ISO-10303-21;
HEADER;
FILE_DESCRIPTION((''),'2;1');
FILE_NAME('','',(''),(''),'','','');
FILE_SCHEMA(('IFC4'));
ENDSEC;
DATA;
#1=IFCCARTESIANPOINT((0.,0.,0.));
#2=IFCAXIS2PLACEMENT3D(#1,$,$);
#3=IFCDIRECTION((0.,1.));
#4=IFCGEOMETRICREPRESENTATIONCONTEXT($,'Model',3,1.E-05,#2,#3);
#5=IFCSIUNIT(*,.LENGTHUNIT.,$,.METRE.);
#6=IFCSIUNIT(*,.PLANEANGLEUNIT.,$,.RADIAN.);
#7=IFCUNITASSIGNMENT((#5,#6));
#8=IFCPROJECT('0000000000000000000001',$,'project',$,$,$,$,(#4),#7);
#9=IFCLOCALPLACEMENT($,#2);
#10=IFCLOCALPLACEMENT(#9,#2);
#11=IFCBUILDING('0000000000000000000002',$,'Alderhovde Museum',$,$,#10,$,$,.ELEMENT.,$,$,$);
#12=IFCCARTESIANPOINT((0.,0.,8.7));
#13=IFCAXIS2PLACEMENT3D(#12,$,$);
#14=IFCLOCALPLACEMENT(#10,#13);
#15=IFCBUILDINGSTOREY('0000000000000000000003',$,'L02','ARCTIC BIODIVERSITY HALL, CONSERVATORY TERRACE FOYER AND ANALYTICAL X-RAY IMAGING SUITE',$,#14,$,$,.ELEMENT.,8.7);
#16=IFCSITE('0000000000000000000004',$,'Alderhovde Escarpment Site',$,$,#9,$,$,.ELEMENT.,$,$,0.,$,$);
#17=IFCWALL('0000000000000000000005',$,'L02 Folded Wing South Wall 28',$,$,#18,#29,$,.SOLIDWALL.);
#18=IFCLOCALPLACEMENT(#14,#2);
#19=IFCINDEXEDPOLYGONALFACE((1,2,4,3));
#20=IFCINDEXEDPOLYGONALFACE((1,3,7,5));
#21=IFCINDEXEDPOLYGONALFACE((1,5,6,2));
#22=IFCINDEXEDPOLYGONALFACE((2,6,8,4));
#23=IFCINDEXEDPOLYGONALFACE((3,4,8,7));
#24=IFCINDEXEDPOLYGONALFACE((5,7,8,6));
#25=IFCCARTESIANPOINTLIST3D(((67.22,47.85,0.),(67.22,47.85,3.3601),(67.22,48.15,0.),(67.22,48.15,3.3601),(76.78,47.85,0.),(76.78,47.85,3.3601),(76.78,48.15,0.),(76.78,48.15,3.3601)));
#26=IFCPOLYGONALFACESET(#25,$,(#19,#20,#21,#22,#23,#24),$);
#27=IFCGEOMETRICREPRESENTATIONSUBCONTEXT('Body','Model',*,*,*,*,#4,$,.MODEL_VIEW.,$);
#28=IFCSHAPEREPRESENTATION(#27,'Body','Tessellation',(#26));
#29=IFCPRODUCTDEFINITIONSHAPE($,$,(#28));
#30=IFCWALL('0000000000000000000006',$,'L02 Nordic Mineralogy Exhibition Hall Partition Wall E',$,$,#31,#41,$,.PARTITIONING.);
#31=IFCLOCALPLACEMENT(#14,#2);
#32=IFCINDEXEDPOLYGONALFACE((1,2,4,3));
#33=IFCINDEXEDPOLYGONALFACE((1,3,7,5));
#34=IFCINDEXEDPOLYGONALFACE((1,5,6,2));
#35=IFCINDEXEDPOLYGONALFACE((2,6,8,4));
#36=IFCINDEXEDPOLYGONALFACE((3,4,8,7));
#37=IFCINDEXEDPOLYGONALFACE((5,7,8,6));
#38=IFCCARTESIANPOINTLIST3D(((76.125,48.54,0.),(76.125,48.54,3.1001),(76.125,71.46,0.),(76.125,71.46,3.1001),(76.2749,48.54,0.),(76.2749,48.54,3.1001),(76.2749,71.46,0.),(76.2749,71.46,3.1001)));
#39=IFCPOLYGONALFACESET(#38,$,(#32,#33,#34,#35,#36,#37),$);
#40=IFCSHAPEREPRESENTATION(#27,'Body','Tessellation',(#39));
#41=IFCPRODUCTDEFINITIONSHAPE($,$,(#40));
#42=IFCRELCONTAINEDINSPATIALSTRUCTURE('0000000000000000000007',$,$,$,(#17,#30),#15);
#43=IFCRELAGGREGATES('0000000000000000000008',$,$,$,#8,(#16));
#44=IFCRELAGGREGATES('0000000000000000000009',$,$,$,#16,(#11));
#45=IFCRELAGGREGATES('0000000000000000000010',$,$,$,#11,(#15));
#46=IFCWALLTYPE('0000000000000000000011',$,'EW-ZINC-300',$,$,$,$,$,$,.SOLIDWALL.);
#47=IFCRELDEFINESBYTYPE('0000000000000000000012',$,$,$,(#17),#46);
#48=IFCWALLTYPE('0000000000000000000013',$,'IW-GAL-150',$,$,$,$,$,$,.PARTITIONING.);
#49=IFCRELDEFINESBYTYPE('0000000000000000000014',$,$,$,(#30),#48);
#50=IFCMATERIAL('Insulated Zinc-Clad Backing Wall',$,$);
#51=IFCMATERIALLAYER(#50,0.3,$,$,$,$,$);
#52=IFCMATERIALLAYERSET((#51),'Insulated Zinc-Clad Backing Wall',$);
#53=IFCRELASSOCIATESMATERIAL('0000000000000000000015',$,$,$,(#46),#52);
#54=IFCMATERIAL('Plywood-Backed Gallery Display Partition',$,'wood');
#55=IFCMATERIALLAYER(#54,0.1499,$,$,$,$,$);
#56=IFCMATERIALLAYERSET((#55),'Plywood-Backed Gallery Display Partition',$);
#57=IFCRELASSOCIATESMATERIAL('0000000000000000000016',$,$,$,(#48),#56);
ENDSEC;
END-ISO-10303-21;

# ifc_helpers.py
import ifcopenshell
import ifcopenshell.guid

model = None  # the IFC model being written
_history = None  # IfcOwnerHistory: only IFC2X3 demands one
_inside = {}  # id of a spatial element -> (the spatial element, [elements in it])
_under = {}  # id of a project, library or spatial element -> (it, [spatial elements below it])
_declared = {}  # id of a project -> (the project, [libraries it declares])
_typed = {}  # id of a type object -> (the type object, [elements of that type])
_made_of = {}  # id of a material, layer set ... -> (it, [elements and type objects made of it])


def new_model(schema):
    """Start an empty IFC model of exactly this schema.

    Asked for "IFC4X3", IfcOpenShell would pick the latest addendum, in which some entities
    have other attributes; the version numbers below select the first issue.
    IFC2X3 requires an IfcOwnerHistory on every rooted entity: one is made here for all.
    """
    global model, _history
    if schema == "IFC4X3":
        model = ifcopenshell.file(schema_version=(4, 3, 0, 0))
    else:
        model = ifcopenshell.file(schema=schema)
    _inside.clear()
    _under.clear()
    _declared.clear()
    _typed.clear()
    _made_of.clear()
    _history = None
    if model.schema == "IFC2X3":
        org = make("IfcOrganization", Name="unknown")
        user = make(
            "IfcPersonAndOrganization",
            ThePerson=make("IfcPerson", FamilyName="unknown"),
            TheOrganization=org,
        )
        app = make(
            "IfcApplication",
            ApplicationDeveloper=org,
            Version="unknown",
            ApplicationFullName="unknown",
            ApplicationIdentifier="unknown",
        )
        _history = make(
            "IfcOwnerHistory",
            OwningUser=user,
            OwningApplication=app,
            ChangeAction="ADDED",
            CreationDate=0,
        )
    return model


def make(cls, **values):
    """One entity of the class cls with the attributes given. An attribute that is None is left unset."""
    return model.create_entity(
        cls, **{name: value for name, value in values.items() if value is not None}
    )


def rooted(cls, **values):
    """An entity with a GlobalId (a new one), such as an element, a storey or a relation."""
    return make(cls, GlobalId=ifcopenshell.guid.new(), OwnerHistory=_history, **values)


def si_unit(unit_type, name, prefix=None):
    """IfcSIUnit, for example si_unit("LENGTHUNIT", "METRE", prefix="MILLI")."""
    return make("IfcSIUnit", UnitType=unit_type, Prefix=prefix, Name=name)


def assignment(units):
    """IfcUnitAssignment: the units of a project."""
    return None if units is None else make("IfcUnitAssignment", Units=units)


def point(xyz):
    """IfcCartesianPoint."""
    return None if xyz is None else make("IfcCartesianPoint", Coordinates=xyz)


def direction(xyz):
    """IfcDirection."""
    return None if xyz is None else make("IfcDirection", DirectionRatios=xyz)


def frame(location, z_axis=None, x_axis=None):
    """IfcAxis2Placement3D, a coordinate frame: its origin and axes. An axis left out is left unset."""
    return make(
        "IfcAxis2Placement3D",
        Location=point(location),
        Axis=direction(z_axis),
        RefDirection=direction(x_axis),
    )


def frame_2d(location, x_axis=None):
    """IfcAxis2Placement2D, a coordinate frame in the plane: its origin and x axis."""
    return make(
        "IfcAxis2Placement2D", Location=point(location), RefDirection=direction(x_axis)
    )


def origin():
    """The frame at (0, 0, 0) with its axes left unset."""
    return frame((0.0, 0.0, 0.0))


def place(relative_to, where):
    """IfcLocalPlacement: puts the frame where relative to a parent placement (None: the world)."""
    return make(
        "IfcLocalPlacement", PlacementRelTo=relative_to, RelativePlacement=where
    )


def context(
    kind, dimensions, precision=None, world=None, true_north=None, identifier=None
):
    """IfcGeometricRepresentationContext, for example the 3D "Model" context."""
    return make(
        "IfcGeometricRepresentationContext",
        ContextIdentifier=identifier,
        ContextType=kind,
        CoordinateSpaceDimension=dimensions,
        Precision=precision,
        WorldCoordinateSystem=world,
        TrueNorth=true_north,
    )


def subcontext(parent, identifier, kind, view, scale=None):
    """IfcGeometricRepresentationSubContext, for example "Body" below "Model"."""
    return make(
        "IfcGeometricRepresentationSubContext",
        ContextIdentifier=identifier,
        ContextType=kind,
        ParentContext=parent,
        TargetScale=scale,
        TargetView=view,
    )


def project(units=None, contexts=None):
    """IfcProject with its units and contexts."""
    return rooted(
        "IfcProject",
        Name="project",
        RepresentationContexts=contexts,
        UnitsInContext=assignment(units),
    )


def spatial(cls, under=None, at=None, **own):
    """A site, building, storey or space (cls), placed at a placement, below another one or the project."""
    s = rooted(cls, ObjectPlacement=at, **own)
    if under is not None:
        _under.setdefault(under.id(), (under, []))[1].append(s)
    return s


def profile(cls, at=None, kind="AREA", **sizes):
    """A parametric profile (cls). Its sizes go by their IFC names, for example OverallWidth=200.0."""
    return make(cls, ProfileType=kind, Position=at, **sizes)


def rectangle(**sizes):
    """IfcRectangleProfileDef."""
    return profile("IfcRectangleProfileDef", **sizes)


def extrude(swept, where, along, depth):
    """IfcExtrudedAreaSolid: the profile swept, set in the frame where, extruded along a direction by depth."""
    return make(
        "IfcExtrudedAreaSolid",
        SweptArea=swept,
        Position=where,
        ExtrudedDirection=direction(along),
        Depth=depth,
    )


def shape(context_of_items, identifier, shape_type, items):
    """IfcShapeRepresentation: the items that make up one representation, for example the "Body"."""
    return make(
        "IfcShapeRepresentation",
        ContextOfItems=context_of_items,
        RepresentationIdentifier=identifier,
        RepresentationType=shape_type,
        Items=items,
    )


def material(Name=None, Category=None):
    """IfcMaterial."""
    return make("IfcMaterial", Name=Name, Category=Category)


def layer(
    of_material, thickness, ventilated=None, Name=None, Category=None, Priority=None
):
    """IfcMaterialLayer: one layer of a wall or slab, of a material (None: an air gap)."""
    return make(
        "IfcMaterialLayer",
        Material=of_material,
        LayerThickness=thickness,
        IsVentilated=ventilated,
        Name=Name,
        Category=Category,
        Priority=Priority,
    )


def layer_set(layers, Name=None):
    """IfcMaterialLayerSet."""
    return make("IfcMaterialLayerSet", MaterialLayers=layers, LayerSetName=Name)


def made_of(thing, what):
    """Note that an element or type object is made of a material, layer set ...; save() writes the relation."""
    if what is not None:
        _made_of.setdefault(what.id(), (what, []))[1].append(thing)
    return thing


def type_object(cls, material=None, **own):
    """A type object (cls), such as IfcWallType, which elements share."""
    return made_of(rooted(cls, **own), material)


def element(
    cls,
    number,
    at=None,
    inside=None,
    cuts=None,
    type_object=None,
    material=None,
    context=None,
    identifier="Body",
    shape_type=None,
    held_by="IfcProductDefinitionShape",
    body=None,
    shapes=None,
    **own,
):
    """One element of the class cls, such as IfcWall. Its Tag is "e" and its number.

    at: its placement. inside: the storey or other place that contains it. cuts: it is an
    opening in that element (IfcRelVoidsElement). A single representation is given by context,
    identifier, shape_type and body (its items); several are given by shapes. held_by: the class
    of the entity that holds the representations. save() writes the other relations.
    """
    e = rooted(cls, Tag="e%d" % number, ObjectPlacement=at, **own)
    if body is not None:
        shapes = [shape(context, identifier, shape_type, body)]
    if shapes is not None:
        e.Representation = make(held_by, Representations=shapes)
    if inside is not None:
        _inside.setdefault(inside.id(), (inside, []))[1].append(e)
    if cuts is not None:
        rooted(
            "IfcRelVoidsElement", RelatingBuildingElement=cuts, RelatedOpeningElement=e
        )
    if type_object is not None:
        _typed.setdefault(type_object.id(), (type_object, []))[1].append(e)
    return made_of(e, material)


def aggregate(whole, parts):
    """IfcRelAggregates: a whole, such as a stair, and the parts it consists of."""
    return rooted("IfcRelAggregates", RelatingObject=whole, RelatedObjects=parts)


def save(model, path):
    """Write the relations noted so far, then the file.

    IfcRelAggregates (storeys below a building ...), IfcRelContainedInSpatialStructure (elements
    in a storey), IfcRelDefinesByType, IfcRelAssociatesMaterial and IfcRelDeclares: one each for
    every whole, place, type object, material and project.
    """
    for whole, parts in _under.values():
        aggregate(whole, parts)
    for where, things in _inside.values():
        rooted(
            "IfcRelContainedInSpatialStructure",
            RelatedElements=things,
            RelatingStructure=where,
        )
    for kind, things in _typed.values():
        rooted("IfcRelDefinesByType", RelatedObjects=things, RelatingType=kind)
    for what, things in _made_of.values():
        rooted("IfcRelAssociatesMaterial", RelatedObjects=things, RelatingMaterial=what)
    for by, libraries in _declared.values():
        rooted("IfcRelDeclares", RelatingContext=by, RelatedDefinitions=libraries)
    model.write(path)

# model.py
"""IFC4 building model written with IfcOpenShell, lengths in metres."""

from ifc_helpers import new_model, si_unit, direction, frame, frame_2d, origin, place, context, subcontext, project, spatial, rectangle, extrude, material, layer, layer_set, type_object, element, save


model = new_model("IFC4")

# Units and contexts
model_context = context("Model", 3, precision=1e-05, world=origin(), true_north=direction((0.0, 1.0)))
body_context = subcontext(model_context, "Body", "Model", "MODEL_VIEW")
ifc_project = project(units=[si_unit("LENGTHUNIT", "METRE"), si_unit("PLANEANGLEUNIT", "RADIAN")], contexts=[model_context])

# Site, building, storey
site_placement = place(None, origin())
site = spatial("IfcSite", under=ifc_project, at=site_placement, Name="Alderhovde Escarpment Site", CompositionType="ELEMENT", RefElevation=0.0)
building_placement = place(site_placement, origin())
building = spatial("IfcBuilding", under=site, at=building_placement, Name="Alderhovde Museum", CompositionType="ELEMENT")
storey_placement = place(building_placement, frame((0.0, 0.0, 8.7)))
storey = spatial("IfcBuildingStorey", under=building, at=storey_placement, Name="L02", Description="ARCTIC BIODIVERSITY HALL, CONSERVATORY TERRACE FOYER AND ANALYTICAL X-RAY IMAGING SUITE", CompositionType="ELEMENT", Elevation=8.7)

# Walls
ifc_material_1 = material(Name="Insulated Zinc-Clad Backing Wall")
ifc_layer_1 = layer(ifc_material_1, 0.3)
ifc_layer_set_1 = layer_set([ifc_layer_1], Name="Insulated Zinc-Clad Backing Wall")
wall_type_1 = type_object("IfcWallType", Name="EW-ZINC-300", PredefinedType="SOLIDWALL", material=ifc_layer_set_1)
wall_1_placement = place(storey_placement, frame((67.22, 48.0, 0.0), z_axis=(0.0, 0.0, 1.0), x_axis=(1.0, 0.0, 0.0)))
element("IfcWall", 1, at=wall_1_placement, inside=storey, type_object=wall_type_1, Name="L02 Folded Wing South Wall 28", PredefinedType="SOLIDWALL", context=body_context, shape_type="SweptSolid", body=[
    extrude(rectangle(XDim=9.5601, YDim=0.3, at=frame_2d((4.78, 0.0))), origin(), (0.0, 0.0, 1.0), 3.3601),
])
ifc_material_2 = material(Name="Plywood-Backed Gallery Display Partition", Category="wood")
ifc_layer_2 = layer(ifc_material_2, 0.1499)
ifc_layer_set_2 = layer_set([ifc_layer_2], Name="Plywood-Backed Gallery Display Partition")
wall_type_2 = type_object("IfcWallType", Name="IW-GAL-150", PredefinedType="PARTITIONING", material=ifc_layer_set_2)
wall_2_placement = place(storey_placement, frame((76.2, 48.54, 0.0), z_axis=(0.0, 0.0, 1.0), x_axis=(0.0, 1.0, 0.0)))
element("IfcWall", 2, at=wall_2_placement, inside=storey, type_object=wall_type_2, Name="L02 Nordic Mineralogy Exhibition Hall Partition Wall E", PredefinedType="PARTITIONING", context=body_context, shape_type="SweptSolid", body=[
    extrude(rectangle(XDim=22.9199, YDim=0.1499, at=frame_2d((11.46, 0.0))), origin(), (0.0, 0.0, 1.0), 3.1001),
])

save(model, "model.ifc")
